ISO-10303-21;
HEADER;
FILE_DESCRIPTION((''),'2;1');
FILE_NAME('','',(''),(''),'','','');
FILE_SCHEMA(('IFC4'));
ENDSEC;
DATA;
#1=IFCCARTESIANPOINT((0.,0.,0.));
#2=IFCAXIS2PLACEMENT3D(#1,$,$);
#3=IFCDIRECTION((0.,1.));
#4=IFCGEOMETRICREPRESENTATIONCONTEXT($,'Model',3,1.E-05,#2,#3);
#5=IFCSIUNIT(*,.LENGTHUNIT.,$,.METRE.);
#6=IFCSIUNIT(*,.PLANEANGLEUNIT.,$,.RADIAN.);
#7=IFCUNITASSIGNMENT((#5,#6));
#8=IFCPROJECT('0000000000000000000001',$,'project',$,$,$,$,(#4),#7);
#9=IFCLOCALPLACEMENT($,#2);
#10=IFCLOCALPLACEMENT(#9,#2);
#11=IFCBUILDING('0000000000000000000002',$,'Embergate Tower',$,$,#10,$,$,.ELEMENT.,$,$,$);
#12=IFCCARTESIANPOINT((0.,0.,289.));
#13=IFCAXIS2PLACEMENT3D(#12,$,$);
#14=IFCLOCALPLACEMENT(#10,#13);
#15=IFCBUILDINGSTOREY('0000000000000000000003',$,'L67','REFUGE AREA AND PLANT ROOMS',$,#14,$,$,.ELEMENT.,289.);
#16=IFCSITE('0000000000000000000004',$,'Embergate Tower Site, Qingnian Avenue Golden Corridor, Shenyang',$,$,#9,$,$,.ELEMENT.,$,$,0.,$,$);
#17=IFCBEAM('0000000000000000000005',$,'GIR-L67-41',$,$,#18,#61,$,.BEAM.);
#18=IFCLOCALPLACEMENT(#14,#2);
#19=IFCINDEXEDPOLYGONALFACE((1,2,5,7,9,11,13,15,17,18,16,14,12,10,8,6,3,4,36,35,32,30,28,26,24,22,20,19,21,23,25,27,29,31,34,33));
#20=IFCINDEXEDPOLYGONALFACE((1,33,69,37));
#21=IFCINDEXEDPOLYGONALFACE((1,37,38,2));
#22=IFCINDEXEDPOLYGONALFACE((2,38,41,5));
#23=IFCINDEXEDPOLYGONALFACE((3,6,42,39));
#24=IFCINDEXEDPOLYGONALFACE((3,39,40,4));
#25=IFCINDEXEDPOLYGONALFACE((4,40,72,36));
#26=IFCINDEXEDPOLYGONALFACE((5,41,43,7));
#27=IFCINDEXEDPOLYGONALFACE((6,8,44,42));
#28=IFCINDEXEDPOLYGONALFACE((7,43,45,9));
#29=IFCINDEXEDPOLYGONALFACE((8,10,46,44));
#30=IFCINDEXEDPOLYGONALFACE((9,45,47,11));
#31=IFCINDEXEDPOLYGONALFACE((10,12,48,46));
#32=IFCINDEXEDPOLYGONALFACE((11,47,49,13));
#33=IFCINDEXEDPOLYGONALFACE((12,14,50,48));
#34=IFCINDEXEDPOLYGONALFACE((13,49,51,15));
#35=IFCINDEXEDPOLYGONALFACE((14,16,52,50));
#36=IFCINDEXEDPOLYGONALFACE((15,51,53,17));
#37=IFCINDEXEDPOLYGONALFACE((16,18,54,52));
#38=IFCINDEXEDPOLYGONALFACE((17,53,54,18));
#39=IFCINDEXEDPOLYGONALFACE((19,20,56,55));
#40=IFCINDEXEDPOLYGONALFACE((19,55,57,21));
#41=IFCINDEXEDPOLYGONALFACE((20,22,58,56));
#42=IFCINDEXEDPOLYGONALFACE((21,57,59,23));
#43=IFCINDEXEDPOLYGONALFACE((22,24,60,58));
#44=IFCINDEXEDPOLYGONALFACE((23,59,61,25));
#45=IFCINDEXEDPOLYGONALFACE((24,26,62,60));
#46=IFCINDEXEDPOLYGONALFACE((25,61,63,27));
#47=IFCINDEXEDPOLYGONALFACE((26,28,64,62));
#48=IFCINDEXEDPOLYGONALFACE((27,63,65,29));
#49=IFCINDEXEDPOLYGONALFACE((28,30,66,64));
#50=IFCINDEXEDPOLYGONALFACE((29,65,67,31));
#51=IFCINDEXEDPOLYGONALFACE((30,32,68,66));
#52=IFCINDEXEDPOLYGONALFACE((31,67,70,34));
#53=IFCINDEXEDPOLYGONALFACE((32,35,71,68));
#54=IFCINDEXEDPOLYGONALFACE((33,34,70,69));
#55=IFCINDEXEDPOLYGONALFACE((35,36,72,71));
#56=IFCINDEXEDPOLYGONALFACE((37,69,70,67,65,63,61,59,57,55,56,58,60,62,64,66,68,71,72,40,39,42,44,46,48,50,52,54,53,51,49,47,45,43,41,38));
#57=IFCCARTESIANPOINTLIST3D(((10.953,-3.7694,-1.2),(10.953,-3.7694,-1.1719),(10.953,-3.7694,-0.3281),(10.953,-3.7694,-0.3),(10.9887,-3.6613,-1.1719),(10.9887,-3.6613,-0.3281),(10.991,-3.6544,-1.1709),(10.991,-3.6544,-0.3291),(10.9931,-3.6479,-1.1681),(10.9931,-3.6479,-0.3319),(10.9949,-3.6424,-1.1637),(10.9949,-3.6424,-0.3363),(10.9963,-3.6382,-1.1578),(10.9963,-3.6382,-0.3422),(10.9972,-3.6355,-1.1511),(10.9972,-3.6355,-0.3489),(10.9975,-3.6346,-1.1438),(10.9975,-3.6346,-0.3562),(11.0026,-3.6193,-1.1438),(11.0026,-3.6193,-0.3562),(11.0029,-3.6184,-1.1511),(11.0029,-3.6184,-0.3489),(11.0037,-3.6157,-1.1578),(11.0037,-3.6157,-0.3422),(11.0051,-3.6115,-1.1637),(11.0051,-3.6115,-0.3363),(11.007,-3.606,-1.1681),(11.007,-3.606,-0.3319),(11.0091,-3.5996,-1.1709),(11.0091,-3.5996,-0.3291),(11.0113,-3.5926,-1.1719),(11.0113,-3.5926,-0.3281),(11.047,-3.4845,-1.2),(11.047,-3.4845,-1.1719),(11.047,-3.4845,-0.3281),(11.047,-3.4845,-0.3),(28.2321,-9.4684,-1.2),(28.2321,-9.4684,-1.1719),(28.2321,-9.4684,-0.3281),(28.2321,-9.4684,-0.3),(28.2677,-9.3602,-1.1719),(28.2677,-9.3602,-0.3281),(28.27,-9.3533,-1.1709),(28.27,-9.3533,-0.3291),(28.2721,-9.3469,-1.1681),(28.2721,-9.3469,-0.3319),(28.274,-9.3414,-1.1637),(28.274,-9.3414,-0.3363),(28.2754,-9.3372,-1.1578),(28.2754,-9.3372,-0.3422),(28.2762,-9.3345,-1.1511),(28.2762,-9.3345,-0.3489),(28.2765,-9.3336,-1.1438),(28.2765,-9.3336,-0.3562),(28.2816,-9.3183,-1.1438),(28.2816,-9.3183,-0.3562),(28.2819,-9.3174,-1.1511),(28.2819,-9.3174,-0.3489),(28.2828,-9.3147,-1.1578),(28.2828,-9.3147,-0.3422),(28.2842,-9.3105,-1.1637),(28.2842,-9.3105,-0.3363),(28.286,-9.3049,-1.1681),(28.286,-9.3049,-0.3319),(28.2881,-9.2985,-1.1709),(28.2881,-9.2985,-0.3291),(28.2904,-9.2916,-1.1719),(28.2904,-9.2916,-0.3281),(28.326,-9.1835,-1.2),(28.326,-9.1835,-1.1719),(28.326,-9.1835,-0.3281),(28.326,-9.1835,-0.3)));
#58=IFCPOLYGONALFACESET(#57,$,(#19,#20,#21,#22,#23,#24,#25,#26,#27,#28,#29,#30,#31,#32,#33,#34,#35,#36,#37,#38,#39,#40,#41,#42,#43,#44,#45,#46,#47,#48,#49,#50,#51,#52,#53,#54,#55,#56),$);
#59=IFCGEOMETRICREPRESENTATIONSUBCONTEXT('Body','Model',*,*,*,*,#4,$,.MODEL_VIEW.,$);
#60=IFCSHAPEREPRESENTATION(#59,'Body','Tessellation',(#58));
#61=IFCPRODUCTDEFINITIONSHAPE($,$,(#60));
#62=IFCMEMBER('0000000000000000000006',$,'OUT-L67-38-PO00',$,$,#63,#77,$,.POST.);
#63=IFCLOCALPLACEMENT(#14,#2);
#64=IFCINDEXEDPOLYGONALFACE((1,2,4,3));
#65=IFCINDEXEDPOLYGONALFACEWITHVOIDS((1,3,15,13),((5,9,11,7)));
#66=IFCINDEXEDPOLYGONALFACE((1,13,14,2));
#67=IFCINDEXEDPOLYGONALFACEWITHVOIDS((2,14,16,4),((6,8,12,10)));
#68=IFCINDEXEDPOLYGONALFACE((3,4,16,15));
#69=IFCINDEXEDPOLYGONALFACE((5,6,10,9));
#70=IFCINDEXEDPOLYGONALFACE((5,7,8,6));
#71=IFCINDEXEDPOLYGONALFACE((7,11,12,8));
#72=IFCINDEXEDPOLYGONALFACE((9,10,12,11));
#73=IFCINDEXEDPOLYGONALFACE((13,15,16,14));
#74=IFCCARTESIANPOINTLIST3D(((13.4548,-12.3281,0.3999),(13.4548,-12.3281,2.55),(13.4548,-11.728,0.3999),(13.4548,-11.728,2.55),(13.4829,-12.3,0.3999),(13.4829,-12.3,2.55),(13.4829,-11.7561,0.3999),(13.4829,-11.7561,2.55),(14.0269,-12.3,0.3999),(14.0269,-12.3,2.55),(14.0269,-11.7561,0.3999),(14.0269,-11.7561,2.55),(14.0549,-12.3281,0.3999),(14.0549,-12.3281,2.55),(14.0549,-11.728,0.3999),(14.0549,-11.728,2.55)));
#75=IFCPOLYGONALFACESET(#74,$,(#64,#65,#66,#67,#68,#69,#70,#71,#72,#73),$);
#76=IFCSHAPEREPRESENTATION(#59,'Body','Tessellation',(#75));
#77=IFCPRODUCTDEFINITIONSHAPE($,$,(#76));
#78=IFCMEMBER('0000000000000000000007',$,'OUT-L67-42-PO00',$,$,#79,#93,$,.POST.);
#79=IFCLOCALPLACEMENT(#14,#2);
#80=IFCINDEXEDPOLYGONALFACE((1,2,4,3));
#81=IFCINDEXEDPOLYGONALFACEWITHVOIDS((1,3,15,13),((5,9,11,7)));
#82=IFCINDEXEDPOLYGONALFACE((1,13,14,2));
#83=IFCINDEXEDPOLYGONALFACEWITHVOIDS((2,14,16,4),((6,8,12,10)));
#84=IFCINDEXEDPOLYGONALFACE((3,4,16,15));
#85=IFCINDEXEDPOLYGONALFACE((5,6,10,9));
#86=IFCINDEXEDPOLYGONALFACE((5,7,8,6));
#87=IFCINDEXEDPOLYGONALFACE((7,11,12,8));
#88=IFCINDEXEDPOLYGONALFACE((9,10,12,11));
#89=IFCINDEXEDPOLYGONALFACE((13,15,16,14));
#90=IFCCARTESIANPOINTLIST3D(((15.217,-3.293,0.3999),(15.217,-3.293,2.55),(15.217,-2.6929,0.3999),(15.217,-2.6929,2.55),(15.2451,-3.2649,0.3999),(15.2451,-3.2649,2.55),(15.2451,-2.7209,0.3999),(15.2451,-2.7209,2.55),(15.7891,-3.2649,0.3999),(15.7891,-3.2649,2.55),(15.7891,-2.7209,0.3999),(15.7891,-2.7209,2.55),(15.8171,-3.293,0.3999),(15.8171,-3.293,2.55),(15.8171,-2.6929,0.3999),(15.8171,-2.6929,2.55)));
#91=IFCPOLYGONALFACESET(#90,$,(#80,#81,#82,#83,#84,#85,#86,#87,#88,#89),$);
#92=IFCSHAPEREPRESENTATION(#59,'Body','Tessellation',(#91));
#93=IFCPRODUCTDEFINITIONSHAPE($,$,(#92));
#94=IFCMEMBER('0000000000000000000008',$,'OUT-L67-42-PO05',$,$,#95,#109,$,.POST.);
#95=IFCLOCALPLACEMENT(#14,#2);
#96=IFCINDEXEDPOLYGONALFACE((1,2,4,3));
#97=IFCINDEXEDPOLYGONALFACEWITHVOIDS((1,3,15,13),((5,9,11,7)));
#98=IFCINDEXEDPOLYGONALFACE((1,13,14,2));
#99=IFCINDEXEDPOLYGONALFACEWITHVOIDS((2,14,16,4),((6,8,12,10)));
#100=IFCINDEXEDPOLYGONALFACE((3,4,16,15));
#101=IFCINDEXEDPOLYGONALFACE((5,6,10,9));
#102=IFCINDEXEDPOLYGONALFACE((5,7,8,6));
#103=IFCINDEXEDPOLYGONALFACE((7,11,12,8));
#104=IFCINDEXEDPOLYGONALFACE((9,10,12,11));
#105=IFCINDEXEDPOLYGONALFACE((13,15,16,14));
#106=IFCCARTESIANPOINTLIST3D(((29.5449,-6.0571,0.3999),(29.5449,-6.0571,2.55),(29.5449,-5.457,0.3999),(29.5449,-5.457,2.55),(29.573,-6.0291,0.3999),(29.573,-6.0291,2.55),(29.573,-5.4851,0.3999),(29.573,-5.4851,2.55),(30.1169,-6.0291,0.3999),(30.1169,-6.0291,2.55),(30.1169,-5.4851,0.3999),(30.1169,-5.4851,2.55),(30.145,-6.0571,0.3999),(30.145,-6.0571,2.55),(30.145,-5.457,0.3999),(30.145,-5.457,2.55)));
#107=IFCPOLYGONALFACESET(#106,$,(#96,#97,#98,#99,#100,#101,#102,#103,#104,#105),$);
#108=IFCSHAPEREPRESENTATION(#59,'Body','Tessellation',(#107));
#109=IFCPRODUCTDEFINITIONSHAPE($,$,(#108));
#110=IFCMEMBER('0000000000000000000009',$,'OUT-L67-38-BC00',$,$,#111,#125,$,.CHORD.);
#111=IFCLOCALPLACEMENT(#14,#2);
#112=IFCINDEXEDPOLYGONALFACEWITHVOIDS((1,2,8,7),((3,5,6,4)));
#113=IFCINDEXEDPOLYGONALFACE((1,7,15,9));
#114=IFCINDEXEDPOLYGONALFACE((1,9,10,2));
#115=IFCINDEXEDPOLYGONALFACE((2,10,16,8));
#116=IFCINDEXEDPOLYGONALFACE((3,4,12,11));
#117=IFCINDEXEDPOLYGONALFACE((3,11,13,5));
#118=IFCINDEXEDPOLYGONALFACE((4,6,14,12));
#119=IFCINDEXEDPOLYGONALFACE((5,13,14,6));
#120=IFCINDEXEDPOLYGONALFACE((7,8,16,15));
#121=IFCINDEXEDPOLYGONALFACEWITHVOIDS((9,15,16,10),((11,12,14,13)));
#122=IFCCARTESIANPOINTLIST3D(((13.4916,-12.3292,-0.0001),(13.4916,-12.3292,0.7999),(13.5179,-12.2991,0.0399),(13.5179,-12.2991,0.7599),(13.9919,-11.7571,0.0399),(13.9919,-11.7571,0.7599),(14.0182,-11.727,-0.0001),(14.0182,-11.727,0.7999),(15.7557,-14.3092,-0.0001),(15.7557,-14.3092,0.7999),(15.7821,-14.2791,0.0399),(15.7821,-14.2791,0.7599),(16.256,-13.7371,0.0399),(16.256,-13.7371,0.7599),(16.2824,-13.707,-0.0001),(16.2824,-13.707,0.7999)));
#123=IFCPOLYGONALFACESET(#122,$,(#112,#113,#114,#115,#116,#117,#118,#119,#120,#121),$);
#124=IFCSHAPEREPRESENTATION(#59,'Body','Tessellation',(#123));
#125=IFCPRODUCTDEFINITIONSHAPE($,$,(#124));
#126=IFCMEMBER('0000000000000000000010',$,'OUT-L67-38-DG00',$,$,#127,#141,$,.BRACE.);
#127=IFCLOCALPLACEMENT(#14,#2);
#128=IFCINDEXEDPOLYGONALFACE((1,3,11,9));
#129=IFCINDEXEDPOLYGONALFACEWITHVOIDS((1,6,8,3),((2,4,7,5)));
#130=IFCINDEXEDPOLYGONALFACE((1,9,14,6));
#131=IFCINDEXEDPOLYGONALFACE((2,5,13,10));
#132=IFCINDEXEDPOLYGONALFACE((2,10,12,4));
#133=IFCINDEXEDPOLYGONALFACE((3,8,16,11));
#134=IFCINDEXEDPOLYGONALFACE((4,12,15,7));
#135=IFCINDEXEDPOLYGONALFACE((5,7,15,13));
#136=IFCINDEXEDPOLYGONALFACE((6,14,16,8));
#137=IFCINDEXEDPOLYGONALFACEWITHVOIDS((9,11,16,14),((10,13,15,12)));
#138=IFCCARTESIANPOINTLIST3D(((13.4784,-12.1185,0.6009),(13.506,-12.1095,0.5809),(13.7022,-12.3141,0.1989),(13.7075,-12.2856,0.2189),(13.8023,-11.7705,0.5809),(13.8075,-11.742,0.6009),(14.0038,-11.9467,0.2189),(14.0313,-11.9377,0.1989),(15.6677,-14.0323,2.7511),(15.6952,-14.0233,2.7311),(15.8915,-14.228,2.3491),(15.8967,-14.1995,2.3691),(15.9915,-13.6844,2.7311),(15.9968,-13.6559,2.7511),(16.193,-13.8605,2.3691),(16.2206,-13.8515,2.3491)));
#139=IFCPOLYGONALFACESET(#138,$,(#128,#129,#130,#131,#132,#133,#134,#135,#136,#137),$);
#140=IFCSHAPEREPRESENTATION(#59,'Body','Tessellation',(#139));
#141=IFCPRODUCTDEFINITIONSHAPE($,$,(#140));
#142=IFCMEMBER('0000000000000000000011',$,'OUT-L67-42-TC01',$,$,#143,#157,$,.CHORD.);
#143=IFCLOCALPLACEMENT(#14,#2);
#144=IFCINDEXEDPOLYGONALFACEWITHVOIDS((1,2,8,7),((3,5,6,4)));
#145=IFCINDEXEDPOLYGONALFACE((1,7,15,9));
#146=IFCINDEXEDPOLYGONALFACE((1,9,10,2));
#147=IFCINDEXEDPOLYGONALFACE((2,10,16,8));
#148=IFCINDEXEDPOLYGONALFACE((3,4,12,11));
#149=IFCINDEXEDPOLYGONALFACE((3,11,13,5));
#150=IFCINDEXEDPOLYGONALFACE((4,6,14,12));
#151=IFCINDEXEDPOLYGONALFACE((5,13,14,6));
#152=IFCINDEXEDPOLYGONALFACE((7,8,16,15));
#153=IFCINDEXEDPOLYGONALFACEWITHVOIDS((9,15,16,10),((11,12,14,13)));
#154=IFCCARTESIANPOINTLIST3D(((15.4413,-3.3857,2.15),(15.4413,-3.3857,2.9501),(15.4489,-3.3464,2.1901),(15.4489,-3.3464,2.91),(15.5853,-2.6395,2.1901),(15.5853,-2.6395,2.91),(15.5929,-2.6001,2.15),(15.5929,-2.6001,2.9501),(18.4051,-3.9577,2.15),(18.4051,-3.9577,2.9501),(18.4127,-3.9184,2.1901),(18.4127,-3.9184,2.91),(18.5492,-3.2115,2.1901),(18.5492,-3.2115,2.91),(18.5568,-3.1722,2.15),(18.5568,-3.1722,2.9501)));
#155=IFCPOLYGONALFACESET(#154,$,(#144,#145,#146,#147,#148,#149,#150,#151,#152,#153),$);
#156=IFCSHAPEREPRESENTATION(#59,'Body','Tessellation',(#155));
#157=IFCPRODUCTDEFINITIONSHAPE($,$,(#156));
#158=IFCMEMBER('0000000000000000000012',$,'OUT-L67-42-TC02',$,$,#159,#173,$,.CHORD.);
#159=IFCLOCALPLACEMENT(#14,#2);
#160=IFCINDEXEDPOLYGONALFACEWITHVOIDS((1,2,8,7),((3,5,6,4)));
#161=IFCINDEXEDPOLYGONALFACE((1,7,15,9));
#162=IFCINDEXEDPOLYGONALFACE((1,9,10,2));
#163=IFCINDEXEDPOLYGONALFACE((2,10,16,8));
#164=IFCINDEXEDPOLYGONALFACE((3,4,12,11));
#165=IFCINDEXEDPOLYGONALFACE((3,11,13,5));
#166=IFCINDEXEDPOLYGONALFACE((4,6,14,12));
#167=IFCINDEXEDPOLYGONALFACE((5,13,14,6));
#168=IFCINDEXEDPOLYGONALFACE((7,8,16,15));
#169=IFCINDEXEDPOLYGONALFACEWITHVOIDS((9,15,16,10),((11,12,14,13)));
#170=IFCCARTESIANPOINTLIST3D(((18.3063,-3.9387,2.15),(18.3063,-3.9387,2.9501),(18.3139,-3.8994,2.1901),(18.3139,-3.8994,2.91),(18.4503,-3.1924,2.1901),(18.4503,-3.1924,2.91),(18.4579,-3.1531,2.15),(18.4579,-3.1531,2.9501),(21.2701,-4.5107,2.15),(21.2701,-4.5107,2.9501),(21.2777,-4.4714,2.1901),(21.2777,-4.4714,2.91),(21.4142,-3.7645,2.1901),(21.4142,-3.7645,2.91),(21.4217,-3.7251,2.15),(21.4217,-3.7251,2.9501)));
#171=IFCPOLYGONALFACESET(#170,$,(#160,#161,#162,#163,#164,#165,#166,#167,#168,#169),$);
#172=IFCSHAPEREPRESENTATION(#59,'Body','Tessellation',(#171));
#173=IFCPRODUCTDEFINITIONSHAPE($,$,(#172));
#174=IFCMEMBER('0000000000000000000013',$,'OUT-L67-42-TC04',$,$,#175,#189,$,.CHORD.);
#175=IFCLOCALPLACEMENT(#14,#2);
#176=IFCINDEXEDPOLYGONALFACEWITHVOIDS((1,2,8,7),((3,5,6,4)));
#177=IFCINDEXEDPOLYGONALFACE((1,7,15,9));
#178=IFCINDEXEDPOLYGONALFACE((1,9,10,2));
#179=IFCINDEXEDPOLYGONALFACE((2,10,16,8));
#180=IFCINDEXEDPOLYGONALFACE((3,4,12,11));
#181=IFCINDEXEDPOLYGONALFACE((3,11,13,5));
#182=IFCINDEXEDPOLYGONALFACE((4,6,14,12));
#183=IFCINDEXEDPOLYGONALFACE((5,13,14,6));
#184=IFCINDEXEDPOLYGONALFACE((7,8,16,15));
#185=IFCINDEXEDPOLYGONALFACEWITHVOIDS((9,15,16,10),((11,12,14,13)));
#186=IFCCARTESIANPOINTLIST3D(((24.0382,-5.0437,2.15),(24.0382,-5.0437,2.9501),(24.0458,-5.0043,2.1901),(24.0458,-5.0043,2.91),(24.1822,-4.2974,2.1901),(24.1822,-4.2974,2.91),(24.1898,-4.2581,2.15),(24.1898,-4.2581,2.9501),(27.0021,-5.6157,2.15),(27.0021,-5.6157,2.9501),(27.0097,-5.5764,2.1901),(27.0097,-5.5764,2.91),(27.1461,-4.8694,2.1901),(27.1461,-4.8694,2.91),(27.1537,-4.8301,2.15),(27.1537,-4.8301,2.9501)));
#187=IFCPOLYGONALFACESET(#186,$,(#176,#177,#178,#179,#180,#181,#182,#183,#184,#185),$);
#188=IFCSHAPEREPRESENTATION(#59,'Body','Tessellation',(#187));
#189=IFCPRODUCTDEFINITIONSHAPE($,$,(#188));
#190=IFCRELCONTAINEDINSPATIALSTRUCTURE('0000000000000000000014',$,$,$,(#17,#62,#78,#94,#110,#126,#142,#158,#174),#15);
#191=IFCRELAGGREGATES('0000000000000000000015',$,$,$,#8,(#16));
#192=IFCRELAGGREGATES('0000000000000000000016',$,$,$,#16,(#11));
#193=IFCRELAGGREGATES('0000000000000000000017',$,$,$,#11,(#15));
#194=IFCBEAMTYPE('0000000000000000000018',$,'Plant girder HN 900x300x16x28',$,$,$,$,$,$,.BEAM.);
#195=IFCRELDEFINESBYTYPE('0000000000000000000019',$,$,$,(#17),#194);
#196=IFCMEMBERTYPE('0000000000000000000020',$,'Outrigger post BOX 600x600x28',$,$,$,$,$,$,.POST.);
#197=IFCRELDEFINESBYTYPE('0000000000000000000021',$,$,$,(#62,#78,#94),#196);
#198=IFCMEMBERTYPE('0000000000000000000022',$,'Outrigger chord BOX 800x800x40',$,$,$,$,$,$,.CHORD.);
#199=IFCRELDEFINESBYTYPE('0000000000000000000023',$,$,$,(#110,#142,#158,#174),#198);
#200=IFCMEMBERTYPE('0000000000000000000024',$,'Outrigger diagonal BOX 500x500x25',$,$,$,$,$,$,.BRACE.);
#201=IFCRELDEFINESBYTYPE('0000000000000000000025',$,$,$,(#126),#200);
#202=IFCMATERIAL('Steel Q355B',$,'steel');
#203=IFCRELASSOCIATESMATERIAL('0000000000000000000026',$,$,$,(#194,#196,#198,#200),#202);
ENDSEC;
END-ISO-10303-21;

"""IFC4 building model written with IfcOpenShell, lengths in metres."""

from ifc_helpers import new_model, si_unit, direction, frame, origin, origin_2d, place, context, subcontext, project, spatial, hollow_rectangle, i_section, extrude, source, transform, mapped, material, material_profile, profile_set, type_object, element, save


model = new_model("IFC4")

# Units and contexts
model_context = context("Model", 3, precision=1e-05, world=origin(), true_north=direction((0.0, 1.0)))
body_context = subcontext(model_context, "Body", "Model", "MODEL_VIEW")
ifc_project = project(units=[si_unit("LENGTHUNIT", "METRE"), si_unit("PLANEANGLEUNIT", "RADIAN")], contexts=[model_context])

# Site, building, storey
site_placement = place(None, origin())
site = spatial("IfcSite", under=ifc_project, at=site_placement, Name="Embergate Tower Site, Qingnian Avenue Golden Corridor, Shenyang", CompositionType="ELEMENT", RefElevation=0.0)
building_placement = place(site_placement, origin())
building = spatial("IfcBuilding", under=site, at=building_placement, Name="Embergate Tower", CompositionType="ELEMENT")
storey_placement = place(building_placement, frame((0.0, 0.0, 289.0)))
storey = spatial("IfcBuildingStorey", under=building, at=storey_placement, Name="L67", Description="REFUGE AREA AND PLANT ROOMS", CompositionType="ELEMENT", Elevation=289.0)

# Beam
ifc_material_1 = material(Name="Steel Q355B", Category="steel")
ifc_material_profile_1 = material_profile(ifc_material_1, i_section(OverallWidth=0.3, OverallDepth=0.8999, WebThickness=0.0161, FlangeThickness=0.0281, FilletRadius=0.0281, at=origin_2d()), Name="HN 900x300x16x28")
ifc_profile_set_1 = profile_set([ifc_material_profile_1], Name="Steel Q355 grade B")
beam_type_1 = type_object("IfcBeamType", Name="Plant girder HN 900x300x16x28", PredefinedType="BEAM", material=ifc_profile_set_1)
shared_shape_1 = source(origin(), body_context, "Body", "SweptSolid", [
    extrude(i_section(OverallWidth=0.3, OverallDepth=0.8999, WebThickness=0.0161, FlangeThickness=0.0281, FilletRadius=0.0281, at=origin_2d()), origin(), (0.0, 0.0, 1.0), 18.1946),
])
beam_1_placement = place(storey_placement, frame((28.2791, -9.3259, -0.75), z_axis=(-0.94968, 0.313223, 0.0), x_axis=(-0.313223, -0.94968, 0.0)))
element("IfcBeam", 1, at=beam_1_placement, inside=storey, type_object=beam_type_1, Name="GIR-L67-41", PredefinedType="BEAM", context=body_context, shape_type="MappedRepresentation", body=[
    mapped(shared_shape_1, transform((0.0, 0.0, 0.0))),
])

# Members
ifc_material_profile_2 = material_profile(ifc_material_1, hollow_rectangle(XDim=0.6001, YDim=0.6001, WallThickness=0.0281, at=origin_2d()), Name="BOX 600x600x28")
ifc_profile_set_2 = profile_set([ifc_material_profile_2], Name="Steel Q355 grade B")
member_type_1 = type_object("IfcMemberType", Name="Outrigger post BOX 600x600x28", PredefinedType="POST", material=ifc_profile_set_2)
shared_shape_2 = source(origin(), body_context, "Body", "SweptSolid", [
    extrude(hollow_rectangle(XDim=0.6001, YDim=0.6001, WallThickness=0.0281, at=origin_2d()), origin(), (0.0, 0.0, 1.0), 2.1501),
])
for number, where, z_axis, x_axis, name in (
    (2, (13.7549, -12.0281, 0.3999), (0.0, 0.0, 1.0), (1.0, 0.0, 0.0), "OUT-L67-38-PO00"),
    (3, (15.5171, -2.9929, 0.3999), (0.0, 0.0, 1.0), (1.0, 0.0, 0.0), "OUT-L67-42-PO00"),
    (4, (29.845, -5.7571, 0.3999), (0.0, 0.0, 1.0), (1.0, 0.0, 0.0), "OUT-L67-42-PO05"),
):
    element("IfcMember", number, at=place(storey_placement, frame(where, z_axis=z_axis, x_axis=x_axis)), inside=storey, type_object=member_type_1, Name=name, PredefinedType="POST", context=body_context, shape_type="MappedRepresentation", body=[
        mapped(shared_shape_2, transform((0.0, 0.0, 0.0))),
    ])
ifc_material_profile_3 = material_profile(ifc_material_1, hollow_rectangle(XDim=0.8, YDim=0.8, WallThickness=0.04, at=origin_2d()), Name="BOX 800x800x40")
ifc_profile_set_3 = profile_set([ifc_material_profile_3], Name="Steel Q355 grade B")
member_type_2 = type_object("IfcMemberType", Name="Outrigger chord BOX 800x800x40", PredefinedType="CHORD", material=ifc_profile_set_3)
shared_shape_3 = source(origin(), body_context, "Body", "SweptSolid", [
    extrude(hollow_rectangle(XDim=0.8, YDim=0.8, WallThickness=0.04, at=origin_2d()), origin(), (0.0, 0.0, 1.0), 3.0078),
])
member_1_placement = place(storey_placement, frame((13.7549, -12.0281, 0.3999), z_axis=(0.752768, -0.658286, 0.0), x_axis=(0.658286, 0.752768, 0.0)))
element("IfcMember", 5, at=member_1_placement, inside=storey, type_object=member_type_2, Name="OUT-L67-38-BC00", PredefinedType="CHORD", context=body_context, shape_type="MappedRepresentation", body=[
    mapped(shared_shape_3, transform((0.0, 0.0, 0.0))),
])
ifc_material_profile_4 = material_profile(ifc_material_1, hollow_rectangle(XDim=0.5, YDim=0.5, WallThickness=0.0249, at=origin_2d()), Name="BOX 500x500x25")
ifc_profile_set_4 = profile_set([ifc_material_profile_4], Name="Steel Q355 grade B")
member_type_3 = type_object("IfcMemberType", Name="Outrigger diagonal BOX 500x500x25", PredefinedType="BRACE", material=ifc_profile_set_4)
shared_shape_4 = source(origin(), body_context, "Body", "SweptSolid", [
    extrude(hollow_rectangle(XDim=0.5, YDim=0.5, WallThickness=0.0249, at=origin_2d()), origin(), (0.0, 0.0, 1.0), 3.6165),
])
member_2_placement = place(storey_placement, frame((13.7549, -12.0281, 0.3999), z_axis=(0.605353, -0.529203, 0.594552), x_axis=(0.658166, 0.752873, 0.0)))
element("IfcMember", 6, at=member_2_placement, inside=storey, type_object=member_type_3, Name="OUT-L67-38-DG00", PredefinedType="BRACE", context=body_context, shape_type="MappedRepresentation", body=[
    mapped(shared_shape_4, transform((0.0, 0.0, 0.0))),
])
shared_shape_5 = source(origin(), body_context, "Body", "SweptSolid", [
    extrude(hollow_rectangle(XDim=0.8, YDim=0.8, WallThickness=0.04, at=origin_2d()), origin(), (0.0, 0.0, 1.0), 3.0186),
])
for number, where, z_axis, x_axis, name in (
    (7, (15.5171, -2.9929, 2.55), (0.98188, -0.189501, 0.0), (0.189501, 0.98188, 0.0), "OUT-L67-42-TC01"),
    (8, (18.3821, -3.5459, 2.55), (0.98188, -0.189501, 0.0), (0.189501, 0.98188, 0.0), "OUT-L67-42-TC02"),
    (9, (24.114, -4.6509, 2.55), (0.98188, -0.189501, 0.0), (0.189501, 0.98188, 0.0), "OUT-L67-42-TC04"),
):
    element("IfcMember", number, at=place(storey_placement, frame(where, z_axis=z_axis, x_axis=x_axis)), inside=storey, type_object=member_type_2, Name=name, PredefinedType="CHORD", context=body_context, shape_type="MappedRepresentation", body=[
        mapped(shared_shape_5, transform((0.0, 0.0, 0.0))),
    ])

save(model, "model.ifc")
